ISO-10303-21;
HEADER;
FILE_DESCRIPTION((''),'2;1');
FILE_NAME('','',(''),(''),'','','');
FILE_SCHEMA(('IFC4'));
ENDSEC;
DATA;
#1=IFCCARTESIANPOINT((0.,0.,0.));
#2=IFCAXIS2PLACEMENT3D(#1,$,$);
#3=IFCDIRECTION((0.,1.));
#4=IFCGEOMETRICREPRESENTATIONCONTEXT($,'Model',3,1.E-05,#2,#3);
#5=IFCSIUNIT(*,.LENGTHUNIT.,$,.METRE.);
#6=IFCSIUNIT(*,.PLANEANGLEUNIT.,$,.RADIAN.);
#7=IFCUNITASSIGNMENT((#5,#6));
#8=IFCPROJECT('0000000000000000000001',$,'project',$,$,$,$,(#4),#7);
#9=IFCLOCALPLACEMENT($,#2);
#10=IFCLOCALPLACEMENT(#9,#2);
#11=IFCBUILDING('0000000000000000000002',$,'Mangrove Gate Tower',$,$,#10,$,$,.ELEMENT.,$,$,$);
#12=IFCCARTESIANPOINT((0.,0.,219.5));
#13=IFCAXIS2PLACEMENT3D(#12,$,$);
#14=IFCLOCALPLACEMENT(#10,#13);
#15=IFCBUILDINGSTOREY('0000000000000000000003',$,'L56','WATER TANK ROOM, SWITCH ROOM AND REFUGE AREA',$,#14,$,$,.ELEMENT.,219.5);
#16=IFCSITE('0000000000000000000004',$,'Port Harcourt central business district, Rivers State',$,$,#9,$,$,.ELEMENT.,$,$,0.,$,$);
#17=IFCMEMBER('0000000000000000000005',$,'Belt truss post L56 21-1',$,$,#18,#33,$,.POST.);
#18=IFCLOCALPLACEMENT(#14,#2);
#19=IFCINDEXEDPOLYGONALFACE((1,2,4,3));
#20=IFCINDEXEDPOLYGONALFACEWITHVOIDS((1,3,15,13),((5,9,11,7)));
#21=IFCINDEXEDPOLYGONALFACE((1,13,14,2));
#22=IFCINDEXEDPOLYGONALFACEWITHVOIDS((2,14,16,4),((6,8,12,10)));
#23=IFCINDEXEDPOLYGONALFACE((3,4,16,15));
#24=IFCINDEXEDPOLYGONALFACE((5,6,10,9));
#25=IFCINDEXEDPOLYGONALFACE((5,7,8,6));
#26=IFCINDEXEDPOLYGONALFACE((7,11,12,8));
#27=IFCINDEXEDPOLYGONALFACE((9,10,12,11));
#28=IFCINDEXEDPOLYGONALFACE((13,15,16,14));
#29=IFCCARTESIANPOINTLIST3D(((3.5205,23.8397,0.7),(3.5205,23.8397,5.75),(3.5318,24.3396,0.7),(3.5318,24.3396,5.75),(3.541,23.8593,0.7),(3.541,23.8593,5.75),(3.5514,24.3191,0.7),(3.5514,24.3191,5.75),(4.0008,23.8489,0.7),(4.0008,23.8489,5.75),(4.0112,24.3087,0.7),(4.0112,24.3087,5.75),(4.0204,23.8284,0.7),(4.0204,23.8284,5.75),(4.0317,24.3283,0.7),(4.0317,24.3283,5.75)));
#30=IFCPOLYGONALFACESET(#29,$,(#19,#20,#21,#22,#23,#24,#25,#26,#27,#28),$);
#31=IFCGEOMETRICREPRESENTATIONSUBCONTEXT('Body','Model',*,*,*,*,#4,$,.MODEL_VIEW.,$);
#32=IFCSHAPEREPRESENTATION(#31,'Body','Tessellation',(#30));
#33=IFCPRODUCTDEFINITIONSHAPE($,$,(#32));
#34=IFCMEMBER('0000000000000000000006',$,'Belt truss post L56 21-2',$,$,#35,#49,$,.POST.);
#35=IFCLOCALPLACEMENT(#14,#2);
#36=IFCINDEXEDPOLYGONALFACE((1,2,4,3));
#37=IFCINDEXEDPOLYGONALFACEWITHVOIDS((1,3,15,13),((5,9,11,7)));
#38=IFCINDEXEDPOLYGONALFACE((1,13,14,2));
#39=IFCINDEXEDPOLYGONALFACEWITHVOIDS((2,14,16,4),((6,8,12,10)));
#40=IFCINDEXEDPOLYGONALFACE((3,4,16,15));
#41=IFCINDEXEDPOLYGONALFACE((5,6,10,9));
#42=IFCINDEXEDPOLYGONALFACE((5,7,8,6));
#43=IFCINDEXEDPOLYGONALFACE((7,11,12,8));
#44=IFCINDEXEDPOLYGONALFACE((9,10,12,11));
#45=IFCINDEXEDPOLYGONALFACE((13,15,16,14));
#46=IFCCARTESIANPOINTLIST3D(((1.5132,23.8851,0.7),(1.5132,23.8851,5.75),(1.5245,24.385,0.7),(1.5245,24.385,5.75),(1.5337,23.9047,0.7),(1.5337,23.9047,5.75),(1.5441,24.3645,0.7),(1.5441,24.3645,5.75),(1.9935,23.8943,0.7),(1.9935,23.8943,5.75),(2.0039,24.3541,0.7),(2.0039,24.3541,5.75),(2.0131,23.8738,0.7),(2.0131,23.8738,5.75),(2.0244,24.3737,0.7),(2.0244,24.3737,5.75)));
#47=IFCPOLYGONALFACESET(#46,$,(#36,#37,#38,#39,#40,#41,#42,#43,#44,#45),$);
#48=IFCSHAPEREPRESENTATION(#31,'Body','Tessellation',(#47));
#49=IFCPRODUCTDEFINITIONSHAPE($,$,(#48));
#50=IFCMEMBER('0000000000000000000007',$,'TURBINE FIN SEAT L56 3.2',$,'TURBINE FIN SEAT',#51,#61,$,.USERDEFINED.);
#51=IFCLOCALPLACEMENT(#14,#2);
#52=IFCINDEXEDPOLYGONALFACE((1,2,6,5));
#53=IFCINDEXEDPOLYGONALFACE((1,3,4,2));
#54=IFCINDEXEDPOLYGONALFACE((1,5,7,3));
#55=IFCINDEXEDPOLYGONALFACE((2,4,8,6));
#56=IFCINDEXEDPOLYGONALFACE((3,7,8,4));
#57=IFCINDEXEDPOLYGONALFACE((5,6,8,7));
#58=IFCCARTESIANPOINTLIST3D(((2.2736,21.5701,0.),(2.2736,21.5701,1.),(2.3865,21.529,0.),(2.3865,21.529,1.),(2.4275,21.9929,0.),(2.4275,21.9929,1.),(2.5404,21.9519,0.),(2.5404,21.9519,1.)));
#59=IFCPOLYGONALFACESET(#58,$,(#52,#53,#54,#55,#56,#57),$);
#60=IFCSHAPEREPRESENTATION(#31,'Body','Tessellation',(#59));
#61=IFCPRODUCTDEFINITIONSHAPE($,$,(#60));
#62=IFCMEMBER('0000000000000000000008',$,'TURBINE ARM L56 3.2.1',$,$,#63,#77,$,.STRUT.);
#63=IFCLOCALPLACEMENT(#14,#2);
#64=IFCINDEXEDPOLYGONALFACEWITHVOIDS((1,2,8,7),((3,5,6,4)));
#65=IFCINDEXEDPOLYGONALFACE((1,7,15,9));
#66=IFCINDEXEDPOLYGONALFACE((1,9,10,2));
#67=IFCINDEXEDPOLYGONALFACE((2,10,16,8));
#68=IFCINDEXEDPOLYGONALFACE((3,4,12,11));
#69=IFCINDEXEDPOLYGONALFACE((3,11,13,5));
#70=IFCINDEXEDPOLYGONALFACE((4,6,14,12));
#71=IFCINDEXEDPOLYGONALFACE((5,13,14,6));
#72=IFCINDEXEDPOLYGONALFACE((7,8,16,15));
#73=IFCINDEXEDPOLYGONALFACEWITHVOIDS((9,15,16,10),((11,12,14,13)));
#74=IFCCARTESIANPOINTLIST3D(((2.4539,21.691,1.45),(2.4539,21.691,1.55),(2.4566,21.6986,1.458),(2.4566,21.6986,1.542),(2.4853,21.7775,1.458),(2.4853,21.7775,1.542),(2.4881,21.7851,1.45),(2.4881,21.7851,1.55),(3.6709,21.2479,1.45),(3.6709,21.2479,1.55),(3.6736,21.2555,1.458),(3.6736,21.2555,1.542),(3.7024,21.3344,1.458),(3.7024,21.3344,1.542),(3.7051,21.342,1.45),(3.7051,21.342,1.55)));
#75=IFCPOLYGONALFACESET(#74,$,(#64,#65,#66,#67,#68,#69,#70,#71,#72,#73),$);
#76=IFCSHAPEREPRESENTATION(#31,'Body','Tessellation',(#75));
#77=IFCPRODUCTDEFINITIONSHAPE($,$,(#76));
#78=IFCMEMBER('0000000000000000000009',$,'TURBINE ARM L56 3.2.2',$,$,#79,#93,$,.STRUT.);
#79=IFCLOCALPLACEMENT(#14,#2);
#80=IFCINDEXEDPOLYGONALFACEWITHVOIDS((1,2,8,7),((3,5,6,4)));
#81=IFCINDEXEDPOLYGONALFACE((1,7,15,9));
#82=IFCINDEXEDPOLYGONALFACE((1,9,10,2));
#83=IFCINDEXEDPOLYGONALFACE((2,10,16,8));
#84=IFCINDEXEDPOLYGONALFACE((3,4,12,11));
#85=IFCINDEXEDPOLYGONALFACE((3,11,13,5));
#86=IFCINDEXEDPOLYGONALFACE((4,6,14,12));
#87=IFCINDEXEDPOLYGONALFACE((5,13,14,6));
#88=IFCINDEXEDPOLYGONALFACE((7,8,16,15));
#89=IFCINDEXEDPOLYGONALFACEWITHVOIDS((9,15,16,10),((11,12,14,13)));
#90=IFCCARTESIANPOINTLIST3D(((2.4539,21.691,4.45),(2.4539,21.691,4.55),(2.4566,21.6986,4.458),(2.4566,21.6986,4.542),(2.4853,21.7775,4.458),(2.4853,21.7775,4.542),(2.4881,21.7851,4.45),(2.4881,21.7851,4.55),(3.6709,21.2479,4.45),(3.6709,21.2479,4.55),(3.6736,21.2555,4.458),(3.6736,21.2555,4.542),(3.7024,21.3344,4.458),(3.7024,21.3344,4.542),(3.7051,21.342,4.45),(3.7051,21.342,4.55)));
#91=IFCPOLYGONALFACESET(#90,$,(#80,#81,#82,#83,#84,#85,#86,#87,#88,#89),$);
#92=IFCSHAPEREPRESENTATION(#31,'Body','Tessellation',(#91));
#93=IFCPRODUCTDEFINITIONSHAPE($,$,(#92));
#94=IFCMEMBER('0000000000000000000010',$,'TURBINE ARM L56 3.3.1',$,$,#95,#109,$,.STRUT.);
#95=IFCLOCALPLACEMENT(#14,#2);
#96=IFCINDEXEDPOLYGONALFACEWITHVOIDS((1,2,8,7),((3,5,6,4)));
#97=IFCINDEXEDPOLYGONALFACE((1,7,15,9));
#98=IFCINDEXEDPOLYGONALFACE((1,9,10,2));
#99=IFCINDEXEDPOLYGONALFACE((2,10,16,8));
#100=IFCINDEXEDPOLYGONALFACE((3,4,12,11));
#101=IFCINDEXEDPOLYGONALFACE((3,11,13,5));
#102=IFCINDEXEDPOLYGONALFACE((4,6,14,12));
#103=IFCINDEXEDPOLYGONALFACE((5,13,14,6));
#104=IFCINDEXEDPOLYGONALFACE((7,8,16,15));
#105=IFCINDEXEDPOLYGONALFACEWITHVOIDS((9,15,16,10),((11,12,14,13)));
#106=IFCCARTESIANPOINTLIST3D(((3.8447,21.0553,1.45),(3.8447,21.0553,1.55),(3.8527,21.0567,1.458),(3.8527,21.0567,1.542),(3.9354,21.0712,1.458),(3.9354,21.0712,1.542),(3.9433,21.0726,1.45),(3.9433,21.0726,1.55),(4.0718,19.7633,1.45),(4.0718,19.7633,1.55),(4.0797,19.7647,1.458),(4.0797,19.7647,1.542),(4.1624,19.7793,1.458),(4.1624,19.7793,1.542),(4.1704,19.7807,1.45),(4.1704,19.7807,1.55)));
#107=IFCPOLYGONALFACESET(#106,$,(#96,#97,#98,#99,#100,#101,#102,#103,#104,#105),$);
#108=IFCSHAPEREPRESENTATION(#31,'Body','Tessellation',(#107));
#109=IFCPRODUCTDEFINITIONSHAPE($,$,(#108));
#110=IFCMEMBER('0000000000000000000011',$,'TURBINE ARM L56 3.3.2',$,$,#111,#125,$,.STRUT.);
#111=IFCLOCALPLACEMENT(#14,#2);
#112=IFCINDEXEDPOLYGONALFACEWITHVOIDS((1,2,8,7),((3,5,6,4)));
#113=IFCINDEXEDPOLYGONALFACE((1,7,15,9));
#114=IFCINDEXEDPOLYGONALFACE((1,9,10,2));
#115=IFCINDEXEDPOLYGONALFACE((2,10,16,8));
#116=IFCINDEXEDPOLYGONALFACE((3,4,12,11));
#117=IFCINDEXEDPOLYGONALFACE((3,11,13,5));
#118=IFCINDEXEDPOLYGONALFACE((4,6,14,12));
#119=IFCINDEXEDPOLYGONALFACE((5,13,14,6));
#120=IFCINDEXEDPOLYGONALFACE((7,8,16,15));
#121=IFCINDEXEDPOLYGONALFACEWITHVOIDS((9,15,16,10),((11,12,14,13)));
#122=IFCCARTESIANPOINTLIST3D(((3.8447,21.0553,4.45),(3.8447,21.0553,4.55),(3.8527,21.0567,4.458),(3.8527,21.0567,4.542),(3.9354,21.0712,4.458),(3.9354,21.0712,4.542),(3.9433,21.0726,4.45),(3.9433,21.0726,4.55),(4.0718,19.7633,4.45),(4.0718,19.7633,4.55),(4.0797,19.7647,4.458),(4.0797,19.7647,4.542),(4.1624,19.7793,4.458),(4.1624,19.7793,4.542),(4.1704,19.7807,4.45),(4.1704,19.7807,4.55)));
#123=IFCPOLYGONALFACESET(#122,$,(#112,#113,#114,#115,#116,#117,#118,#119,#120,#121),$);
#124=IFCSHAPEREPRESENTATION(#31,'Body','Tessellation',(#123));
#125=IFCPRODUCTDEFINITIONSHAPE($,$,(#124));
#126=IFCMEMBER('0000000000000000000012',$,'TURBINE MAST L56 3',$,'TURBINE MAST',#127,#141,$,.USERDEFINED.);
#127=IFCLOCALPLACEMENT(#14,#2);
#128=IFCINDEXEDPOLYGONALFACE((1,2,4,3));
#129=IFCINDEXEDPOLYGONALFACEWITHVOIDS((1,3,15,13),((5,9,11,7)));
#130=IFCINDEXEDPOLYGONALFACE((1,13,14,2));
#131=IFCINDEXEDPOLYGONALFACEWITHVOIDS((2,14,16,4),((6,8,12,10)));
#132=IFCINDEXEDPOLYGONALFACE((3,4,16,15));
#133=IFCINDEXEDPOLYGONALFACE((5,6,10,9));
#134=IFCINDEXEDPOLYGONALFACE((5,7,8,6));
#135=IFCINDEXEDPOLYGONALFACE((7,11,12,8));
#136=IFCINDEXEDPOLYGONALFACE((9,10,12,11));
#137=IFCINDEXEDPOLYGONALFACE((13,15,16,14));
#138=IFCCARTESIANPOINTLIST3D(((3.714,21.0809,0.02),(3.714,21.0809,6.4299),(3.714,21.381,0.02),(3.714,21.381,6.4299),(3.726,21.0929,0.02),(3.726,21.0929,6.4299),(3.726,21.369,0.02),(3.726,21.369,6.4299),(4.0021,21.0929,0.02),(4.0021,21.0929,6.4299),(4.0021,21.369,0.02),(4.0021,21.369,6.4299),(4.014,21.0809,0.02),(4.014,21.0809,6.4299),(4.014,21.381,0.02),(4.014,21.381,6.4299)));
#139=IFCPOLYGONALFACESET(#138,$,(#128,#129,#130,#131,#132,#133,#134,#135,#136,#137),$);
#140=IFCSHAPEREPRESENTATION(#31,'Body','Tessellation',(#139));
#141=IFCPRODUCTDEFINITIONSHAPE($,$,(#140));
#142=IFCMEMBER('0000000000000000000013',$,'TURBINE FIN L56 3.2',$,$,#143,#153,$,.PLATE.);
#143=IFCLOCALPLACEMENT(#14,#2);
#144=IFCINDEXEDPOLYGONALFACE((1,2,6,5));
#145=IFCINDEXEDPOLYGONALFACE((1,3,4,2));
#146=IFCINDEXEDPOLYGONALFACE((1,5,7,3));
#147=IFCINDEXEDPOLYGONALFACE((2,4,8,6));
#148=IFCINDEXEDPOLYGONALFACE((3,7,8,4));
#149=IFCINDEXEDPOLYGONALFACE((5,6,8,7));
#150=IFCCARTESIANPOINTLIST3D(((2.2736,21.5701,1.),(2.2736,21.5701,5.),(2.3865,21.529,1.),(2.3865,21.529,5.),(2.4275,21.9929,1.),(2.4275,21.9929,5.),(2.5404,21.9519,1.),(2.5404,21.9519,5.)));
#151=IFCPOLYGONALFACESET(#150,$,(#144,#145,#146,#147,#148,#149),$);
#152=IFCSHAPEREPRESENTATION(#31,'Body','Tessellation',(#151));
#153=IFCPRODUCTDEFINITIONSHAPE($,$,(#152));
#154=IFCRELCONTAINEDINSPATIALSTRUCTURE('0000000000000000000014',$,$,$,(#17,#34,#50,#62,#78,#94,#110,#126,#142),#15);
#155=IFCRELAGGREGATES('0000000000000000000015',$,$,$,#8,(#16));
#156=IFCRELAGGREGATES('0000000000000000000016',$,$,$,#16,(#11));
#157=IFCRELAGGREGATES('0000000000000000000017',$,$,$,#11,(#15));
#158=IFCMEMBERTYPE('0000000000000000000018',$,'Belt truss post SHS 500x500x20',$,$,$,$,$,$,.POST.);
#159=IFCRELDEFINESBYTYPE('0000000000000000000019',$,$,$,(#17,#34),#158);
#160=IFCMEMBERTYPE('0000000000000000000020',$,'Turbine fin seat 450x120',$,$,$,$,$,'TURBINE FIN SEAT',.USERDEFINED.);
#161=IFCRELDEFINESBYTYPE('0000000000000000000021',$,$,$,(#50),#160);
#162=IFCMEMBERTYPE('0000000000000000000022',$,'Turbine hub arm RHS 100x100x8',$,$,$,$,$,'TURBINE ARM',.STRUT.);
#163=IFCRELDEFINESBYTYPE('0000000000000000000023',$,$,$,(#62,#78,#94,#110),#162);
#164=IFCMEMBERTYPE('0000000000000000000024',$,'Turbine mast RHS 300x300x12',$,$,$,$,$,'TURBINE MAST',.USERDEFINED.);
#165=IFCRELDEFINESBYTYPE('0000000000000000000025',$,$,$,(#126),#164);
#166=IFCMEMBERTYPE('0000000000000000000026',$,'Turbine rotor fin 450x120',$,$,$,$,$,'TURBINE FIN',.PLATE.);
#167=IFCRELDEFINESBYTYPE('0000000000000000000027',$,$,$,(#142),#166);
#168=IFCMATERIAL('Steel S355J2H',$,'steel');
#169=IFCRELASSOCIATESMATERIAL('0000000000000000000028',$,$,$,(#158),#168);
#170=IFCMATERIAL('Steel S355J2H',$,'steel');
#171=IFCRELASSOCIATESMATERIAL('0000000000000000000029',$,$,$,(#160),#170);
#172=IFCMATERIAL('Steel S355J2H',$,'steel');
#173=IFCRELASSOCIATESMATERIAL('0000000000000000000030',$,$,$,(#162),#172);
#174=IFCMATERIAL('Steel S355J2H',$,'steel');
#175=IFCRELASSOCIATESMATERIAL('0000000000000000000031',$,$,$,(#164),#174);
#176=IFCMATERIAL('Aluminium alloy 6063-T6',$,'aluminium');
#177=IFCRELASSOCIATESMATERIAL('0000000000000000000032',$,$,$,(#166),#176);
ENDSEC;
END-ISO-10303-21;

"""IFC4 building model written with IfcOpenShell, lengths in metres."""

from ifc_helpers import new_model, si_unit, direction, frame, origin, origin_2d, place, context, subcontext, project, spatial, rectangle, hollow_rectangle, extrude, material, material_profile, profile_set, type_object, element, save


model = new_model("IFC4")

# Units and contexts
model_context = context("Model", 3, precision=1e-05, world=origin(), true_north=direction((0.0, 1.0)))
body_context = subcontext(model_context, "Body", "Model", "MODEL_VIEW")
ifc_project = project(units=[si_unit("LENGTHUNIT", "METRE"), si_unit("PLANEANGLEUNIT", "RADIAN")], contexts=[model_context])

# Site, building, storey
site_placement = place(None, origin())
site = spatial("IfcSite", under=ifc_project, at=site_placement, Name="Port Harcourt central business district, Rivers State", CompositionType="ELEMENT", RefElevation=0.0)
building_placement = place(site_placement, origin())
building = spatial("IfcBuilding", under=site, at=building_placement, Name="Mangrove Gate Tower", CompositionType="ELEMENT")
storey_placement = place(building_placement, frame((0.0, 0.0, 219.5)))
storey = spatial("IfcBuildingStorey", under=building, at=storey_placement, Name="L56", Description="WATER TANK ROOM, SWITCH ROOM AND REFUGE AREA", CompositionType="ELEMENT", Elevation=219.5)

# Members
ifc_material_1 = material(Name="Steel S355J2H", Category="steel")
ifc_material_profile_1 = material_profile(ifc_material_1, hollow_rectangle(XDim=0.5, YDim=0.5, WallThickness=0.02, at=origin_2d()))
ifc_profile_set_1 = profile_set([ifc_material_profile_1], Name="Steel S355J2H")
member_type_1 = type_object("IfcMemberType", Name="Belt truss post SHS 500x500x20", PredefinedType="POST", material=ifc_profile_set_1)
for number, where, z_axis, x_axis, name in (
    (1, (3.7761, 24.084, 0.7), (0.0, 0.0, 1.0), (-0.999745, 0.0226, 0.0), "Belt truss post L56 21-1"),
    (2, (1.7688, 24.1294, 0.7), (0.0, 0.0, 1.0), (-0.999745, 0.0226, 0.0), "Belt truss post L56 21-2"),
):
    element("IfcMember", number, at=place(storey_placement, frame(where, z_axis=z_axis, x_axis=x_axis)), inside=storey, type_object=member_type_1, Name=name, PredefinedType="POST", context=body_context, shape_type="SweptSolid", body=[
        extrude(hollow_rectangle(XDim=0.5, YDim=0.5, WallThickness=0.02, at=origin_2d()), origin(), (0.0, 0.0, 1.0), 5.05),
    ])
ifc_material_2 = material(Name="Steel S355J2H", Category="steel")
ifc_material_profile_2 = material_profile(ifc_material_2, rectangle(XDim=0.45, YDim=0.1201, at=origin_2d()))
ifc_profile_set_2 = profile_set([ifc_material_profile_2], Name="Steel S355J2H")
member_type_2 = type_object("IfcMemberType", Name="Turbine fin seat 450x120", ElementType="TURBINE FIN SEAT", PredefinedType="USERDEFINED", material=ifc_profile_set_2)
member_1_placement = place(storey_placement, frame((2.407, 21.761, 0.0), z_axis=(0.0, 0.0, 1.0), x_axis=(-0.34202, -0.939693, 0.0)))
element("IfcMember", 3, at=member_1_placement, inside=storey, type_object=member_type_2, Name="TURBINE FIN SEAT L56 3.2", ObjectType="TURBINE FIN SEAT", PredefinedType="USERDEFINED", context=body_context, shape_type="SweptSolid", body=[
    extrude(rectangle(XDim=0.45, YDim=0.1201, at=origin_2d()), origin(), (0.0, 0.0, 1.0), 1.0),
])
ifc_material_3 = material(Name="Steel S355J2H", Category="steel")
ifc_material_profile_3 = material_profile(ifc_material_3, hollow_rectangle(XDim=0.1001, YDim=0.1001, WallThickness=0.0081, at=origin_2d()))
ifc_profile_set_3 = profile_set([ifc_material_profile_3], Name="Steel S355J2H")
member_type_3 = type_object("IfcMemberType", Name="Turbine hub arm RHS 100x100x8", ElementType="TURBINE ARM", PredefinedType="STRUT", material=ifc_profile_set_3)
for number, where, z_axis, x_axis, name in (
    (4, (3.688, 21.2949, 1.5), (-0.939656, 0.342121, 0.0), (-0.342121, -0.939656, 0.0), "TURBINE ARM L56 3.2.1"),
    (5, (3.688, 21.2949, 4.5), (-0.939656, 0.342121, 0.0), (-0.342121, -0.939656, 0.0), "TURBINE ARM L56 3.2.2"),
):
    element("IfcMember", number, at=place(storey_placement, frame(where, z_axis=z_axis, x_axis=x_axis)), inside=storey, type_object=member_type_3, Name=name, PredefinedType="STRUT", context=body_context, shape_type="SweptSolid", body=[
        extrude(hollow_rectangle(XDim=0.1001, YDim=0.1001, WallThickness=0.0081, at=origin_2d()), origin(), (0.0, 0.0, 1.0), 1.2952),
    ])
for number, where, z_axis, x_axis, name in (
    (6, (3.894, 21.064, 1.5), (0.173085, -0.984907, 0.0), (0.984907, 0.173085, 0.0), "TURBINE ARM L56 3.3.1"),
    (7, (3.894, 21.064, 4.5), (0.173085, -0.984907, 0.0), (0.984907, 0.173085, 0.0), "TURBINE ARM L56 3.3.2"),
):
    element("IfcMember", number, at=place(storey_placement, frame(where, z_axis=z_axis, x_axis=x_axis)), inside=storey, type_object=member_type_3, Name=name, PredefinedType="STRUT", context=body_context, shape_type="SweptSolid", body=[
        extrude(hollow_rectangle(XDim=0.1001, YDim=0.1001, WallThickness=0.0081, at=origin_2d()), origin(), (0.0, 0.0, 1.0), 1.3118),
    ])
ifc_material_4 = material(Name="Steel S355J2H", Category="steel")
ifc_material_profile_4 = material_profile(ifc_material_4, hollow_rectangle(XDim=0.3, YDim=0.3, WallThickness=0.012, at=origin_2d()))
ifc_profile_set_4 = profile_set([ifc_material_profile_4], Name="Steel S355J2H")
member_type_4 = type_object("IfcMemberType", Name="Turbine mast RHS 300x300x12", ElementType="TURBINE MAST", PredefinedType="USERDEFINED", material=ifc_profile_set_4)
member_2_placement = place(storey_placement, frame((3.864, 21.231, 0.02), z_axis=(0.0, 0.0, 1.0), x_axis=(1.0, 0.0, 0.0)))
element("IfcMember", 8, at=member_2_placement, inside=storey, type_object=member_type_4, Name="TURBINE MAST L56 3", ObjectType="TURBINE MAST", PredefinedType="USERDEFINED", context=body_context, shape_type="SweptSolid", body=[
    extrude(hollow_rectangle(XDim=0.3, YDim=0.3, WallThickness=0.012, at=origin_2d()), origin(), (0.0, 0.0, 1.0), 6.4099),
])
ifc_material_5 = material(Name="Aluminium alloy 6063-T6", Category="aluminium")
ifc_material_profile_5 = material_profile(ifc_material_5, rectangle(XDim=0.45, YDim=0.1201, at=origin_2d()))
ifc_profile_set_5 = profile_set([ifc_material_profile_5], Name="Aluminium alloy 6063-T6")
member_type_5 = type_object("IfcMemberType", Name="Turbine rotor fin 450x120", ElementType="TURBINE FIN", PredefinedType="PLATE", material=ifc_profile_set_5)
member_3_placement = place(storey_placement, frame((2.407, 21.761, 1.0), z_axis=(0.0, 0.0, 1.0), x_axis=(-0.34202, -0.939693, 0.0)))
element("IfcMember", 9, at=member_3_placement, inside=storey, type_object=member_type_5, Name="TURBINE FIN L56 3.2", PredefinedType="PLATE", context=body_context, shape_type="SweptSolid", body=[
    extrude(rectangle(XDim=0.45, YDim=0.1201, at=origin_2d()), origin(), (0.0, 0.0, 1.0), 4.0),
])

save(model, "model.ifc")
